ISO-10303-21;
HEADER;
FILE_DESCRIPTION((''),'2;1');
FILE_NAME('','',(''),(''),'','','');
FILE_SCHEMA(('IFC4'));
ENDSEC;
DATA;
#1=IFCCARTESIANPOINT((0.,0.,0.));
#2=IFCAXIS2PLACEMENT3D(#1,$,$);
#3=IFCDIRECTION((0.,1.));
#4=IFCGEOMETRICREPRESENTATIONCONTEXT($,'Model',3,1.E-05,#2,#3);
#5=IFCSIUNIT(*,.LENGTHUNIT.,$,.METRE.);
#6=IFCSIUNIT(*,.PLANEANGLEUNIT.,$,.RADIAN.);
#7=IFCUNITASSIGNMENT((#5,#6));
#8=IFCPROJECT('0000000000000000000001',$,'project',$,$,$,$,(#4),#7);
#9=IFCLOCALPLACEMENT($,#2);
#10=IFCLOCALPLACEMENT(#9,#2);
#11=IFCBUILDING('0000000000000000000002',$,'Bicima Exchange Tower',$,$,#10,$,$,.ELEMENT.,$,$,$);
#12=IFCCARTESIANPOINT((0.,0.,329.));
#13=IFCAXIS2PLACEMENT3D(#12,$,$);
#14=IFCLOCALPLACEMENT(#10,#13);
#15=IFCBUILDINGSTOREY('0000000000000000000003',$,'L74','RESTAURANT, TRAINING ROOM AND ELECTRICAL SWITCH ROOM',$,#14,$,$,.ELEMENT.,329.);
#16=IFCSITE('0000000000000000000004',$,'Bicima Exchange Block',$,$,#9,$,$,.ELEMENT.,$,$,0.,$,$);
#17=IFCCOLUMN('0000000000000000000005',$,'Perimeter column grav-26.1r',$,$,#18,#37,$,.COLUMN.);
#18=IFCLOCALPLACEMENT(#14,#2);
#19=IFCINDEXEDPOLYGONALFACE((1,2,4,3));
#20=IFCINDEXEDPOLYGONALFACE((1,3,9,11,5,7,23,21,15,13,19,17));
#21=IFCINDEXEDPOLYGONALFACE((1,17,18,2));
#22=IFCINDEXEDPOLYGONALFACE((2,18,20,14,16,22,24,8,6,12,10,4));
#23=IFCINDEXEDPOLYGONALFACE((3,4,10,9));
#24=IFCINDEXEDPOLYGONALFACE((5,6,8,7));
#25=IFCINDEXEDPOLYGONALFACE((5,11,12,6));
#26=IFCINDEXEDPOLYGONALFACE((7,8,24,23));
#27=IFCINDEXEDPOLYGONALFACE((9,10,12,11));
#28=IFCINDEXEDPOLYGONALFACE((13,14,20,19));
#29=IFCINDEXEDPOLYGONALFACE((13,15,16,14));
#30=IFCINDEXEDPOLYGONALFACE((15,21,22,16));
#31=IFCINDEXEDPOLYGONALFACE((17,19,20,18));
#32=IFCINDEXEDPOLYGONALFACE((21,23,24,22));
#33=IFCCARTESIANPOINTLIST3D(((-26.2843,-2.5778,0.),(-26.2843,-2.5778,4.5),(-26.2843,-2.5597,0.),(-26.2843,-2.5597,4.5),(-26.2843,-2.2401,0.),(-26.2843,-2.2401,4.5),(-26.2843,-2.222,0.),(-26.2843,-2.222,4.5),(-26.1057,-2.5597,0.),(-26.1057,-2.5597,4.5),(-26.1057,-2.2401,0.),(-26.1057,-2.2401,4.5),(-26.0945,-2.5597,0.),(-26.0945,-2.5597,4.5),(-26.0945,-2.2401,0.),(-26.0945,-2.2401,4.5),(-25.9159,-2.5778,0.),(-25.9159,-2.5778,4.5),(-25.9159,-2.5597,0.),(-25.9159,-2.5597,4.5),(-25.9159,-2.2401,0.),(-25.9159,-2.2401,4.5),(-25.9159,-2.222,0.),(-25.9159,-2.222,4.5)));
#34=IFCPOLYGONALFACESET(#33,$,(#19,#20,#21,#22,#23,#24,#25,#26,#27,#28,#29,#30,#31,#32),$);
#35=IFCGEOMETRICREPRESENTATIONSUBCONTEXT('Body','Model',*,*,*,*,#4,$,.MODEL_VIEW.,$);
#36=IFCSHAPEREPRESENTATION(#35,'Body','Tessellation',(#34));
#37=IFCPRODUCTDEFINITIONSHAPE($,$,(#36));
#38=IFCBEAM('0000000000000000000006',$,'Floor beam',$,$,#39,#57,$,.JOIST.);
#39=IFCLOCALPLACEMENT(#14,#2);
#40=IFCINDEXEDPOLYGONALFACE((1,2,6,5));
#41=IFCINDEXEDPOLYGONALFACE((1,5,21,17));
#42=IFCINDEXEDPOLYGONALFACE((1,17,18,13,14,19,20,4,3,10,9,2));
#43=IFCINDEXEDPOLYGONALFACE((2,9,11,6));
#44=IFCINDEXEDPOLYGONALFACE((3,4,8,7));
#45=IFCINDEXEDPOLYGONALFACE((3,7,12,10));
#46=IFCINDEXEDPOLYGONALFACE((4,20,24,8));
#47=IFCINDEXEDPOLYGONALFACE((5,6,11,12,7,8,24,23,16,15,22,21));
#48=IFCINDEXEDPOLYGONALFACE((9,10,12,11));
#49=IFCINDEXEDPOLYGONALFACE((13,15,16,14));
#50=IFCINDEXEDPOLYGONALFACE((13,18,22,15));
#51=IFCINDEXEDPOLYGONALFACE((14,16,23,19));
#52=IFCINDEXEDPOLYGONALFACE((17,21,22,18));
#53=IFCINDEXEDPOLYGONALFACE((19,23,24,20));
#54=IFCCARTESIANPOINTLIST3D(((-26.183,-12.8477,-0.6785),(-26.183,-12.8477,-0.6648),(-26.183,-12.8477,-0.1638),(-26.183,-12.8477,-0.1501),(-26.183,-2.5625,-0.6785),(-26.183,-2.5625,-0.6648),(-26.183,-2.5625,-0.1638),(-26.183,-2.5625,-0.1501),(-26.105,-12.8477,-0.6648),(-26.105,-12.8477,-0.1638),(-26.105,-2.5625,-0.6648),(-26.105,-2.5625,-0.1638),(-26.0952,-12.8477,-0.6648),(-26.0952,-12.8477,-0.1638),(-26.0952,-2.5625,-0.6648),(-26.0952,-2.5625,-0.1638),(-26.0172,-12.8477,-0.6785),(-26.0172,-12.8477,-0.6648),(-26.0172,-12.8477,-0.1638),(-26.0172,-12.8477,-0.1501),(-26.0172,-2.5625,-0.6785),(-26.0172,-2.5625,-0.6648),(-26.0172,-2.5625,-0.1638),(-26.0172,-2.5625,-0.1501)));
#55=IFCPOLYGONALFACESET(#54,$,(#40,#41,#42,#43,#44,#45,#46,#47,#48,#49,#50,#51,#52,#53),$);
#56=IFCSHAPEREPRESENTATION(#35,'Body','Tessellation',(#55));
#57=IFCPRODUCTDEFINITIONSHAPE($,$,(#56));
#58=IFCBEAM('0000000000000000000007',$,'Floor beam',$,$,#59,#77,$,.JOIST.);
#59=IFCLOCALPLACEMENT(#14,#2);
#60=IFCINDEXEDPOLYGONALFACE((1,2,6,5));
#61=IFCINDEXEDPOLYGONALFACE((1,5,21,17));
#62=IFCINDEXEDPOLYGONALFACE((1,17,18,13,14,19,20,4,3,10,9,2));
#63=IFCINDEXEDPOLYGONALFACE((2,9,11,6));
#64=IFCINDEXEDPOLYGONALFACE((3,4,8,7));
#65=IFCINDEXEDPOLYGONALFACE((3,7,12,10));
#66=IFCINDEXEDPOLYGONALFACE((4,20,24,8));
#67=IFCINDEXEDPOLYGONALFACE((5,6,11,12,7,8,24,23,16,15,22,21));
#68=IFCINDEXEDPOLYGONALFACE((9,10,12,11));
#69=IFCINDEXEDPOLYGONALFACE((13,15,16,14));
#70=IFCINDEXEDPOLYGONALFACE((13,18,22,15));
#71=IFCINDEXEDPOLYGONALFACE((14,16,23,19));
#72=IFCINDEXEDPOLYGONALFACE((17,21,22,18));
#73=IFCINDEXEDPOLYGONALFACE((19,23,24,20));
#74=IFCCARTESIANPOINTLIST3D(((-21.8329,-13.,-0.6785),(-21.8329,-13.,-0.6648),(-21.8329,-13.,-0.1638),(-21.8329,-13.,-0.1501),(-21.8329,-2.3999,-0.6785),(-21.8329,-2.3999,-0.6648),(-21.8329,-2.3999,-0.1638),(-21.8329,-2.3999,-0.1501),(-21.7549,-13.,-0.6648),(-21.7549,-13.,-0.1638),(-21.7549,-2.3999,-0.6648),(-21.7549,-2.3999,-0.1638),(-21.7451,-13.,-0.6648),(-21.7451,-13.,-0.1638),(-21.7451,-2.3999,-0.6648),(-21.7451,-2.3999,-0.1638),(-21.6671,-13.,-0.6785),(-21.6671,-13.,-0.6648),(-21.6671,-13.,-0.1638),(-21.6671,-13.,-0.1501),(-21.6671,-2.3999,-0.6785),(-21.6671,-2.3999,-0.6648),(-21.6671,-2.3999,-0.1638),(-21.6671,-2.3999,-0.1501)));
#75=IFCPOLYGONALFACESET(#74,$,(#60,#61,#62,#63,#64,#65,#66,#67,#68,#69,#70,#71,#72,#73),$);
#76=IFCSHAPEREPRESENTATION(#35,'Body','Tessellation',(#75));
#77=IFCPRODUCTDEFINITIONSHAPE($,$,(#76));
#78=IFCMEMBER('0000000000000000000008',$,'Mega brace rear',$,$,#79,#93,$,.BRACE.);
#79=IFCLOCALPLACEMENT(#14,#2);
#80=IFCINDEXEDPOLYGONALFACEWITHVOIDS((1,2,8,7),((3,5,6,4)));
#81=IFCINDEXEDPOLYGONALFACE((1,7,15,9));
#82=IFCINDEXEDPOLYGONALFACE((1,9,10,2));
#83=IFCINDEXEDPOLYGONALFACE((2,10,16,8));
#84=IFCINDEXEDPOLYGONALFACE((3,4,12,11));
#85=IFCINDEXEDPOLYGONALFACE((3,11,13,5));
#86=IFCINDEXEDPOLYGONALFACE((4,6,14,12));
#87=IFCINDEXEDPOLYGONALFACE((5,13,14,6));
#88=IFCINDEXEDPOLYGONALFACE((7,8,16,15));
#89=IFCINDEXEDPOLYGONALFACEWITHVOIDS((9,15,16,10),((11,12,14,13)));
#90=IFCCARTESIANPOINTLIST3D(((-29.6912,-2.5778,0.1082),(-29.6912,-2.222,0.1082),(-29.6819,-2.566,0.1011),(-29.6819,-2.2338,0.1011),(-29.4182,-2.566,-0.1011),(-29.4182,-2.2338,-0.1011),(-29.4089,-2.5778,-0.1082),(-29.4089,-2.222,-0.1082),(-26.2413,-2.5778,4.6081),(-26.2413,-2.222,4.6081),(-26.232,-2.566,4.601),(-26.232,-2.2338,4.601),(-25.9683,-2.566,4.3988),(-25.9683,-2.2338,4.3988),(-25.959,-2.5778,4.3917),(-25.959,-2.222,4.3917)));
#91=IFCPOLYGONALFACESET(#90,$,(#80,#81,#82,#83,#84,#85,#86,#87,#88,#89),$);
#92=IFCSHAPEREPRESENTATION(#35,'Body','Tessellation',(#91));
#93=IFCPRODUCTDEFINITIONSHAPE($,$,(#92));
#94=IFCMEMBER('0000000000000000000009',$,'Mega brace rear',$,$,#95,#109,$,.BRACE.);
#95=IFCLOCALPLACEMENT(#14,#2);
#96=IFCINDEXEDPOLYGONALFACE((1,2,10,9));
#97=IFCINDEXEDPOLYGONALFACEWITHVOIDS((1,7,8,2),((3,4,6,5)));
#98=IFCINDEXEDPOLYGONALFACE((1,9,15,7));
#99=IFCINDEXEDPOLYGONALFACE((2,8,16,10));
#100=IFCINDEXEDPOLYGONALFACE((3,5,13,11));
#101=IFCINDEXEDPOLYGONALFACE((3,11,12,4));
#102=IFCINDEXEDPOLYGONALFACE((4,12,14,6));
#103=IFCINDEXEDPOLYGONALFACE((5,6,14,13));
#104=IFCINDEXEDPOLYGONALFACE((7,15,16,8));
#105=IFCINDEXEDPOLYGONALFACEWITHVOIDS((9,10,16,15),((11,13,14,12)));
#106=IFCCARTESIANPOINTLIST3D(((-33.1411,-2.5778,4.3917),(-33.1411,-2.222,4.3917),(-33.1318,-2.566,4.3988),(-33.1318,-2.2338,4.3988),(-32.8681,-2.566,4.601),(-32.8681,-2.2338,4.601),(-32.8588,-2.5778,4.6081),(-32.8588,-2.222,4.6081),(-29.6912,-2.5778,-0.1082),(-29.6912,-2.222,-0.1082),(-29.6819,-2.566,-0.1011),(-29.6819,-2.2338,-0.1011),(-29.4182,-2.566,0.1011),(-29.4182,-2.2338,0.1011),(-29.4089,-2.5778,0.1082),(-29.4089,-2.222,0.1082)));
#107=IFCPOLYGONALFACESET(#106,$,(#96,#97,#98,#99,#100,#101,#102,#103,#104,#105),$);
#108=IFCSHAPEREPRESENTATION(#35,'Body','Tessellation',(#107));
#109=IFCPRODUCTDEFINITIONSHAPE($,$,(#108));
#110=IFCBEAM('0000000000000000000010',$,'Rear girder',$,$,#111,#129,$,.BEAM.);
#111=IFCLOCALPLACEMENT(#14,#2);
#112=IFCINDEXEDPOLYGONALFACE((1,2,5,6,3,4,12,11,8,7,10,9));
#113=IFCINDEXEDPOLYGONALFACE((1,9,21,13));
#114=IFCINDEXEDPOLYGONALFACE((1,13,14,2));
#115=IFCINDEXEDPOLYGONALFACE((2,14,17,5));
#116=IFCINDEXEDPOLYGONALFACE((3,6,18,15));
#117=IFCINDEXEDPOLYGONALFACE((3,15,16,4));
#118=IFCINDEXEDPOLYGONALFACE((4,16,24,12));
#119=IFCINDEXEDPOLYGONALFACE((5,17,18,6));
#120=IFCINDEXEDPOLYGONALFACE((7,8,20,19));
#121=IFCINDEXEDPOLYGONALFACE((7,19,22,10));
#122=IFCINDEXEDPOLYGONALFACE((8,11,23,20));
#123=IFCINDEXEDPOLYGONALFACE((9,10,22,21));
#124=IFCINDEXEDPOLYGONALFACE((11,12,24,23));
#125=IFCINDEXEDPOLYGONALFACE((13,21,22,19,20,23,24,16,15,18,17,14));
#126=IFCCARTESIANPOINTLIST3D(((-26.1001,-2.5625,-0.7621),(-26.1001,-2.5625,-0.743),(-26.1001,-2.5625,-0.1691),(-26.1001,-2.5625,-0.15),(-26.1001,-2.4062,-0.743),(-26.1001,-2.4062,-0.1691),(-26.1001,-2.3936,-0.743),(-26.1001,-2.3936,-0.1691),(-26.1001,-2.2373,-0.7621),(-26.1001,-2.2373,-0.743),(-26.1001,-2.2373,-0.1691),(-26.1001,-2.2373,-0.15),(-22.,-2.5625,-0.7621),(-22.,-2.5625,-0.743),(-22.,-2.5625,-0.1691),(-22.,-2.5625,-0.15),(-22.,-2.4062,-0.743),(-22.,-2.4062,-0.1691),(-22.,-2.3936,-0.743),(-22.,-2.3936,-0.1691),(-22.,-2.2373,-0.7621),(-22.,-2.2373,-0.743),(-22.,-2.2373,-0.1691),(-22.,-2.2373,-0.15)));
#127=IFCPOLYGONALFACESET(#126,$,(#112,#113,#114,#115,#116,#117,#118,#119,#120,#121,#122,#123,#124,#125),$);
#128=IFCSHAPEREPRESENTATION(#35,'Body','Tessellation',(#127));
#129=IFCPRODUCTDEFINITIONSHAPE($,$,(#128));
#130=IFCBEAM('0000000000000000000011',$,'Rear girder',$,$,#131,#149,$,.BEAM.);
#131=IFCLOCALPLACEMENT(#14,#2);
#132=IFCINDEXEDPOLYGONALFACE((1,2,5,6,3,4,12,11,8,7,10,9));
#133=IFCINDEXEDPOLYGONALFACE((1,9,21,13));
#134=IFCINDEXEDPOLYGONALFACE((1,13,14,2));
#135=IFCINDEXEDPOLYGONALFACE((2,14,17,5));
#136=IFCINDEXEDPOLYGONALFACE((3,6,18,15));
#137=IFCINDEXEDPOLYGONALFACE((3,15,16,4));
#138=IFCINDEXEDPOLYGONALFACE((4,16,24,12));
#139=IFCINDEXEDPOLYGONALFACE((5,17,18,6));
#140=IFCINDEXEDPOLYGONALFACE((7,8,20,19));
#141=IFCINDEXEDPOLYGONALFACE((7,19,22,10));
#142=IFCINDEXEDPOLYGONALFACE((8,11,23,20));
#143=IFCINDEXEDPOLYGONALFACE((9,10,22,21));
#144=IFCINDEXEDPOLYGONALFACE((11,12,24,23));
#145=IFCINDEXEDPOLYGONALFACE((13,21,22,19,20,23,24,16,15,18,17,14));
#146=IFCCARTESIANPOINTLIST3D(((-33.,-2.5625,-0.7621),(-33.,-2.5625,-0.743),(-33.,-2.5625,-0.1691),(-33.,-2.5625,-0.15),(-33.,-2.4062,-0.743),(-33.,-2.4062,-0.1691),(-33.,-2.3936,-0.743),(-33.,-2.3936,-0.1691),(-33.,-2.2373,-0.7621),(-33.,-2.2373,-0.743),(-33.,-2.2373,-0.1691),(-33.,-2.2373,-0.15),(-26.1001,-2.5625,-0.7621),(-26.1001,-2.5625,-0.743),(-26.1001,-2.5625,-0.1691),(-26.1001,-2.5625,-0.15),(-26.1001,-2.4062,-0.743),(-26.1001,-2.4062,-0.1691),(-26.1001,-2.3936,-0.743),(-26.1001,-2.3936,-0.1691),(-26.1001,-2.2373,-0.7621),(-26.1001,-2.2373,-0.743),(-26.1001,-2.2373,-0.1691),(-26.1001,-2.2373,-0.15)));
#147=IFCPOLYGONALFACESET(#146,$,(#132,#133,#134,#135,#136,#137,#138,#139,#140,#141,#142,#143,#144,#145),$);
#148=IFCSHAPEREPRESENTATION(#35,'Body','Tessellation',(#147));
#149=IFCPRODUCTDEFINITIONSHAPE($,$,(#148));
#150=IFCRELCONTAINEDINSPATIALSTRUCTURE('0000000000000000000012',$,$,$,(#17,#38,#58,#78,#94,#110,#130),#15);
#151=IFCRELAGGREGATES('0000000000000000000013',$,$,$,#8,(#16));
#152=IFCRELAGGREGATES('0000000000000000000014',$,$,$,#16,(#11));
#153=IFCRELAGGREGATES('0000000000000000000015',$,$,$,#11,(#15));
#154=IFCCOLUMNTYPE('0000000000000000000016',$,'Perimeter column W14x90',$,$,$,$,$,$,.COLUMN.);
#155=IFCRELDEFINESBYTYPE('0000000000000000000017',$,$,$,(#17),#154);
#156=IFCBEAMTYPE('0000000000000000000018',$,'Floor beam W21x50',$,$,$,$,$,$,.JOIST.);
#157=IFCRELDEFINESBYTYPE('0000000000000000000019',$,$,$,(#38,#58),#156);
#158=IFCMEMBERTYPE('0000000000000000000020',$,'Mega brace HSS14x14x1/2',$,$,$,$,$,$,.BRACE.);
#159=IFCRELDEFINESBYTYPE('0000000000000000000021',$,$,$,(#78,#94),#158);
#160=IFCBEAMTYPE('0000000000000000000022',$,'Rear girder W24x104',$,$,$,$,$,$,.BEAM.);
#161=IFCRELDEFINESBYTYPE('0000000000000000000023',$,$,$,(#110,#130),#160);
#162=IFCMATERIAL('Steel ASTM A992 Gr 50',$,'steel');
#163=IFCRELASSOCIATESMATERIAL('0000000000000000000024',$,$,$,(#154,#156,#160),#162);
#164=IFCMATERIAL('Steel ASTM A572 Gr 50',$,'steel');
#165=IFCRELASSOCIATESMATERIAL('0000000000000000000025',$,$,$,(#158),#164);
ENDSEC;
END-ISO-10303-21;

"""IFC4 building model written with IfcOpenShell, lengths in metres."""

from ifc_helpers import new_model, si_unit, direction, frame, origin, origin_2d, place, context, subcontext, project, spatial, hollow_rectangle, i_section, extrude, material, material_profile, profile_set, type_object, element, save


model = new_model("IFC4")

# Units and contexts
model_context = context("Model", 3, precision=1e-05, world=origin(), true_north=direction((0.0, 1.0)))
body_context = subcontext(model_context, "Body", "Model", "MODEL_VIEW")
ifc_project = project(units=[si_unit("LENGTHUNIT", "METRE"), si_unit("PLANEANGLEUNIT", "RADIAN")], contexts=[model_context])

# Site, building, storey
site_placement = place(None, origin())
site = spatial("IfcSite", under=ifc_project, at=site_placement, Name="Bicima Exchange Block", CompositionType="ELEMENT", RefElevation=0.0)
building_placement = place(site_placement, origin())
building = spatial("IfcBuilding", under=site, at=building_placement, Name="Bicima Exchange Tower", CompositionType="ELEMENT")
storey_placement = place(building_placement, frame((0.0, 0.0, 329.0)))
storey = spatial("IfcBuildingStorey", under=building, at=storey_placement, Name="L74", Description="RESTAURANT, TRAINING ROOM AND ELECTRICAL SWITCH ROOM", CompositionType="ELEMENT", Elevation=329.0)

# Column
ifc_material_1 = material(Name="Steel ASTM A992 Gr 50", Category="steel")
ifc_material_profile_1 = material_profile(ifc_material_1, i_section(OverallWidth=0.3684, OverallDepth=0.3557, WebThickness=0.0112, FlangeThickness=0.0181, at=origin_2d()))
ifc_profile_set_1 = profile_set([ifc_material_profile_1], Name="Steel ASTM A992 Gr 50")
column_type = type_object("IfcColumnType", Name="Perimeter column W14x90", PredefinedType="COLUMN", material=ifc_profile_set_1)
column_placement = place(storey_placement, frame((-26.1001, -2.3999, 0.0), z_axis=(0.0, 0.0, 1.0), x_axis=(1.0, 0.0, 0.0)))
element("IfcColumn", 1, at=column_placement, inside=storey, type_object=column_type, Name="Perimeter column grav-26.1r", PredefinedType="COLUMN", context=body_context, shape_type="SweptSolid", body=[
    extrude(i_section(OverallWidth=0.3684, OverallDepth=0.3557, WebThickness=0.0112, FlangeThickness=0.0181, at=origin_2d()), origin(), (0.0, 0.0, 1.0), 4.5),
])

# Beams
ifc_material_profile_2 = material_profile(ifc_material_1, i_section(OverallWidth=0.1658, OverallDepth=0.5283, WebThickness=0.0098, FlangeThickness=0.0137, at=origin_2d()))
ifc_profile_set_2 = profile_set([ifc_material_profile_2], Name="Steel ASTM A992 Gr 50")
beam_type_1 = type_object("IfcBeamType", Name="Floor beam W21x50", PredefinedType="JOIST", material=ifc_profile_set_2)
beam_1_placement = place(storey_placement, frame((-26.1001, -2.5625, -0.4143), z_axis=(0.0, -1.0, 0.0), x_axis=(1.0, 0.0, 0.0)))
element("IfcBeam", 2, at=beam_1_placement, inside=storey, type_object=beam_type_1, Name="Floor beam", PredefinedType="JOIST", context=body_context, shape_type="SweptSolid", body=[
    extrude(i_section(OverallWidth=0.1658, OverallDepth=0.5283, WebThickness=0.0098, FlangeThickness=0.0137, at=origin_2d()), origin(), (0.0, 0.0, 1.0), 10.2852),
])
beam_2_placement = place(storey_placement, frame((-21.75, -2.3999, -0.4143), z_axis=(0.0, -1.0, 0.0), x_axis=(1.0, 0.0, 0.0)))
element("IfcBeam", 3, at=beam_2_placement, inside=storey, type_object=beam_type_1, Name="Floor beam", PredefinedType="JOIST", context=body_context, shape_type="SweptSolid", body=[
    extrude(i_section(OverallWidth=0.1658, OverallDepth=0.5283, WebThickness=0.0098, FlangeThickness=0.0137, at=origin_2d()), origin(), (0.0, 0.0, 1.0), 10.6001),
])

# Members
ifc_material_2 = material(Name="Steel ASTM A572 Gr 50", Category="steel")
ifc_material_profile_3 = material_profile(ifc_material_2, hollow_rectangle(XDim=0.3557, YDim=0.3557, WallThickness=0.0117, at=origin_2d()))
ifc_profile_set_3 = profile_set([ifc_material_profile_3], Name="Steel ASTM A572 Gr 50")
member_type = type_object("IfcMemberType", Name="Mega brace HSS14x14x1/2", PredefinedType="BRACE", material=ifc_profile_set_3)
for number, where, z_axis, x_axis, name in (
    (4, (-29.55, -2.3999, 0.0), (0.608426, 0.0, 0.793611), (0.0, 1.0, 0.0), "Mega brace rear"),
    (5, (-29.55, -2.3999, 0.0), (-0.608426, 0.0, 0.793611), (0.0, -1.0, 0.0), "Mega brace rear"),
):
    element("IfcMember", number, at=place(storey_placement, frame(where, z_axis=z_axis, x_axis=x_axis)), inside=storey, type_object=member_type, Name=name, PredefinedType="BRACE", context=body_context, shape_type="SweptSolid", body=[
        extrude(hollow_rectangle(XDim=0.3557, YDim=0.3557, WallThickness=0.0117, at=origin_2d()), origin(), (0.0, 0.0, 1.0), 5.6702),
    ])

# Beams
ifc_material_profile_4 = material_profile(ifc_material_1, i_section(OverallWidth=0.3252, OverallDepth=0.6121, WebThickness=0.0127, FlangeThickness=0.019, at=origin_2d()))
ifc_profile_set_4 = profile_set([ifc_material_profile_4], Name="Steel ASTM A992 Gr 50")
beam_type_2 = type_object("IfcBeamType", Name="Rear girder W24x104", PredefinedType="BEAM", material=ifc_profile_set_4)
beam_3_placement = place(storey_placement, frame((-22.0, -2.3999, -0.4561), z_axis=(-1.0, 0.0, 0.0), x_axis=(0.0, -1.0, 0.0)))
element("IfcBeam", 6, at=beam_3_placement, inside=storey, type_object=beam_type_2, Name="Rear girder", PredefinedType="BEAM", context=body_context, shape_type="SweptSolid", body=[
    extrude(i_section(OverallWidth=0.3252, OverallDepth=0.6121, WebThickness=0.0127, FlangeThickness=0.019, at=origin_2d()), origin(), (0.0, 0.0, 1.0), 4.1001),
])
beam_4_placement = place(storey_placement, frame((-26.1001, -2.3999, -0.4561), z_axis=(-1.0, 0.0, 0.0), x_axis=(0.0, -1.0, 0.0)))
element("IfcBeam", 7, at=beam_4_placement, inside=storey, type_object=beam_type_2, Name="Rear girder", PredefinedType="BEAM", context=body_context, shape_type="SweptSolid", body=[
    extrude(i_section(OverallWidth=0.3252, OverallDepth=0.6121, WebThickness=0.0127, FlangeThickness=0.019, at=origin_2d()), origin(), (0.0, 0.0, 1.0), 6.8999),
])

save(model, "model.ifc")
